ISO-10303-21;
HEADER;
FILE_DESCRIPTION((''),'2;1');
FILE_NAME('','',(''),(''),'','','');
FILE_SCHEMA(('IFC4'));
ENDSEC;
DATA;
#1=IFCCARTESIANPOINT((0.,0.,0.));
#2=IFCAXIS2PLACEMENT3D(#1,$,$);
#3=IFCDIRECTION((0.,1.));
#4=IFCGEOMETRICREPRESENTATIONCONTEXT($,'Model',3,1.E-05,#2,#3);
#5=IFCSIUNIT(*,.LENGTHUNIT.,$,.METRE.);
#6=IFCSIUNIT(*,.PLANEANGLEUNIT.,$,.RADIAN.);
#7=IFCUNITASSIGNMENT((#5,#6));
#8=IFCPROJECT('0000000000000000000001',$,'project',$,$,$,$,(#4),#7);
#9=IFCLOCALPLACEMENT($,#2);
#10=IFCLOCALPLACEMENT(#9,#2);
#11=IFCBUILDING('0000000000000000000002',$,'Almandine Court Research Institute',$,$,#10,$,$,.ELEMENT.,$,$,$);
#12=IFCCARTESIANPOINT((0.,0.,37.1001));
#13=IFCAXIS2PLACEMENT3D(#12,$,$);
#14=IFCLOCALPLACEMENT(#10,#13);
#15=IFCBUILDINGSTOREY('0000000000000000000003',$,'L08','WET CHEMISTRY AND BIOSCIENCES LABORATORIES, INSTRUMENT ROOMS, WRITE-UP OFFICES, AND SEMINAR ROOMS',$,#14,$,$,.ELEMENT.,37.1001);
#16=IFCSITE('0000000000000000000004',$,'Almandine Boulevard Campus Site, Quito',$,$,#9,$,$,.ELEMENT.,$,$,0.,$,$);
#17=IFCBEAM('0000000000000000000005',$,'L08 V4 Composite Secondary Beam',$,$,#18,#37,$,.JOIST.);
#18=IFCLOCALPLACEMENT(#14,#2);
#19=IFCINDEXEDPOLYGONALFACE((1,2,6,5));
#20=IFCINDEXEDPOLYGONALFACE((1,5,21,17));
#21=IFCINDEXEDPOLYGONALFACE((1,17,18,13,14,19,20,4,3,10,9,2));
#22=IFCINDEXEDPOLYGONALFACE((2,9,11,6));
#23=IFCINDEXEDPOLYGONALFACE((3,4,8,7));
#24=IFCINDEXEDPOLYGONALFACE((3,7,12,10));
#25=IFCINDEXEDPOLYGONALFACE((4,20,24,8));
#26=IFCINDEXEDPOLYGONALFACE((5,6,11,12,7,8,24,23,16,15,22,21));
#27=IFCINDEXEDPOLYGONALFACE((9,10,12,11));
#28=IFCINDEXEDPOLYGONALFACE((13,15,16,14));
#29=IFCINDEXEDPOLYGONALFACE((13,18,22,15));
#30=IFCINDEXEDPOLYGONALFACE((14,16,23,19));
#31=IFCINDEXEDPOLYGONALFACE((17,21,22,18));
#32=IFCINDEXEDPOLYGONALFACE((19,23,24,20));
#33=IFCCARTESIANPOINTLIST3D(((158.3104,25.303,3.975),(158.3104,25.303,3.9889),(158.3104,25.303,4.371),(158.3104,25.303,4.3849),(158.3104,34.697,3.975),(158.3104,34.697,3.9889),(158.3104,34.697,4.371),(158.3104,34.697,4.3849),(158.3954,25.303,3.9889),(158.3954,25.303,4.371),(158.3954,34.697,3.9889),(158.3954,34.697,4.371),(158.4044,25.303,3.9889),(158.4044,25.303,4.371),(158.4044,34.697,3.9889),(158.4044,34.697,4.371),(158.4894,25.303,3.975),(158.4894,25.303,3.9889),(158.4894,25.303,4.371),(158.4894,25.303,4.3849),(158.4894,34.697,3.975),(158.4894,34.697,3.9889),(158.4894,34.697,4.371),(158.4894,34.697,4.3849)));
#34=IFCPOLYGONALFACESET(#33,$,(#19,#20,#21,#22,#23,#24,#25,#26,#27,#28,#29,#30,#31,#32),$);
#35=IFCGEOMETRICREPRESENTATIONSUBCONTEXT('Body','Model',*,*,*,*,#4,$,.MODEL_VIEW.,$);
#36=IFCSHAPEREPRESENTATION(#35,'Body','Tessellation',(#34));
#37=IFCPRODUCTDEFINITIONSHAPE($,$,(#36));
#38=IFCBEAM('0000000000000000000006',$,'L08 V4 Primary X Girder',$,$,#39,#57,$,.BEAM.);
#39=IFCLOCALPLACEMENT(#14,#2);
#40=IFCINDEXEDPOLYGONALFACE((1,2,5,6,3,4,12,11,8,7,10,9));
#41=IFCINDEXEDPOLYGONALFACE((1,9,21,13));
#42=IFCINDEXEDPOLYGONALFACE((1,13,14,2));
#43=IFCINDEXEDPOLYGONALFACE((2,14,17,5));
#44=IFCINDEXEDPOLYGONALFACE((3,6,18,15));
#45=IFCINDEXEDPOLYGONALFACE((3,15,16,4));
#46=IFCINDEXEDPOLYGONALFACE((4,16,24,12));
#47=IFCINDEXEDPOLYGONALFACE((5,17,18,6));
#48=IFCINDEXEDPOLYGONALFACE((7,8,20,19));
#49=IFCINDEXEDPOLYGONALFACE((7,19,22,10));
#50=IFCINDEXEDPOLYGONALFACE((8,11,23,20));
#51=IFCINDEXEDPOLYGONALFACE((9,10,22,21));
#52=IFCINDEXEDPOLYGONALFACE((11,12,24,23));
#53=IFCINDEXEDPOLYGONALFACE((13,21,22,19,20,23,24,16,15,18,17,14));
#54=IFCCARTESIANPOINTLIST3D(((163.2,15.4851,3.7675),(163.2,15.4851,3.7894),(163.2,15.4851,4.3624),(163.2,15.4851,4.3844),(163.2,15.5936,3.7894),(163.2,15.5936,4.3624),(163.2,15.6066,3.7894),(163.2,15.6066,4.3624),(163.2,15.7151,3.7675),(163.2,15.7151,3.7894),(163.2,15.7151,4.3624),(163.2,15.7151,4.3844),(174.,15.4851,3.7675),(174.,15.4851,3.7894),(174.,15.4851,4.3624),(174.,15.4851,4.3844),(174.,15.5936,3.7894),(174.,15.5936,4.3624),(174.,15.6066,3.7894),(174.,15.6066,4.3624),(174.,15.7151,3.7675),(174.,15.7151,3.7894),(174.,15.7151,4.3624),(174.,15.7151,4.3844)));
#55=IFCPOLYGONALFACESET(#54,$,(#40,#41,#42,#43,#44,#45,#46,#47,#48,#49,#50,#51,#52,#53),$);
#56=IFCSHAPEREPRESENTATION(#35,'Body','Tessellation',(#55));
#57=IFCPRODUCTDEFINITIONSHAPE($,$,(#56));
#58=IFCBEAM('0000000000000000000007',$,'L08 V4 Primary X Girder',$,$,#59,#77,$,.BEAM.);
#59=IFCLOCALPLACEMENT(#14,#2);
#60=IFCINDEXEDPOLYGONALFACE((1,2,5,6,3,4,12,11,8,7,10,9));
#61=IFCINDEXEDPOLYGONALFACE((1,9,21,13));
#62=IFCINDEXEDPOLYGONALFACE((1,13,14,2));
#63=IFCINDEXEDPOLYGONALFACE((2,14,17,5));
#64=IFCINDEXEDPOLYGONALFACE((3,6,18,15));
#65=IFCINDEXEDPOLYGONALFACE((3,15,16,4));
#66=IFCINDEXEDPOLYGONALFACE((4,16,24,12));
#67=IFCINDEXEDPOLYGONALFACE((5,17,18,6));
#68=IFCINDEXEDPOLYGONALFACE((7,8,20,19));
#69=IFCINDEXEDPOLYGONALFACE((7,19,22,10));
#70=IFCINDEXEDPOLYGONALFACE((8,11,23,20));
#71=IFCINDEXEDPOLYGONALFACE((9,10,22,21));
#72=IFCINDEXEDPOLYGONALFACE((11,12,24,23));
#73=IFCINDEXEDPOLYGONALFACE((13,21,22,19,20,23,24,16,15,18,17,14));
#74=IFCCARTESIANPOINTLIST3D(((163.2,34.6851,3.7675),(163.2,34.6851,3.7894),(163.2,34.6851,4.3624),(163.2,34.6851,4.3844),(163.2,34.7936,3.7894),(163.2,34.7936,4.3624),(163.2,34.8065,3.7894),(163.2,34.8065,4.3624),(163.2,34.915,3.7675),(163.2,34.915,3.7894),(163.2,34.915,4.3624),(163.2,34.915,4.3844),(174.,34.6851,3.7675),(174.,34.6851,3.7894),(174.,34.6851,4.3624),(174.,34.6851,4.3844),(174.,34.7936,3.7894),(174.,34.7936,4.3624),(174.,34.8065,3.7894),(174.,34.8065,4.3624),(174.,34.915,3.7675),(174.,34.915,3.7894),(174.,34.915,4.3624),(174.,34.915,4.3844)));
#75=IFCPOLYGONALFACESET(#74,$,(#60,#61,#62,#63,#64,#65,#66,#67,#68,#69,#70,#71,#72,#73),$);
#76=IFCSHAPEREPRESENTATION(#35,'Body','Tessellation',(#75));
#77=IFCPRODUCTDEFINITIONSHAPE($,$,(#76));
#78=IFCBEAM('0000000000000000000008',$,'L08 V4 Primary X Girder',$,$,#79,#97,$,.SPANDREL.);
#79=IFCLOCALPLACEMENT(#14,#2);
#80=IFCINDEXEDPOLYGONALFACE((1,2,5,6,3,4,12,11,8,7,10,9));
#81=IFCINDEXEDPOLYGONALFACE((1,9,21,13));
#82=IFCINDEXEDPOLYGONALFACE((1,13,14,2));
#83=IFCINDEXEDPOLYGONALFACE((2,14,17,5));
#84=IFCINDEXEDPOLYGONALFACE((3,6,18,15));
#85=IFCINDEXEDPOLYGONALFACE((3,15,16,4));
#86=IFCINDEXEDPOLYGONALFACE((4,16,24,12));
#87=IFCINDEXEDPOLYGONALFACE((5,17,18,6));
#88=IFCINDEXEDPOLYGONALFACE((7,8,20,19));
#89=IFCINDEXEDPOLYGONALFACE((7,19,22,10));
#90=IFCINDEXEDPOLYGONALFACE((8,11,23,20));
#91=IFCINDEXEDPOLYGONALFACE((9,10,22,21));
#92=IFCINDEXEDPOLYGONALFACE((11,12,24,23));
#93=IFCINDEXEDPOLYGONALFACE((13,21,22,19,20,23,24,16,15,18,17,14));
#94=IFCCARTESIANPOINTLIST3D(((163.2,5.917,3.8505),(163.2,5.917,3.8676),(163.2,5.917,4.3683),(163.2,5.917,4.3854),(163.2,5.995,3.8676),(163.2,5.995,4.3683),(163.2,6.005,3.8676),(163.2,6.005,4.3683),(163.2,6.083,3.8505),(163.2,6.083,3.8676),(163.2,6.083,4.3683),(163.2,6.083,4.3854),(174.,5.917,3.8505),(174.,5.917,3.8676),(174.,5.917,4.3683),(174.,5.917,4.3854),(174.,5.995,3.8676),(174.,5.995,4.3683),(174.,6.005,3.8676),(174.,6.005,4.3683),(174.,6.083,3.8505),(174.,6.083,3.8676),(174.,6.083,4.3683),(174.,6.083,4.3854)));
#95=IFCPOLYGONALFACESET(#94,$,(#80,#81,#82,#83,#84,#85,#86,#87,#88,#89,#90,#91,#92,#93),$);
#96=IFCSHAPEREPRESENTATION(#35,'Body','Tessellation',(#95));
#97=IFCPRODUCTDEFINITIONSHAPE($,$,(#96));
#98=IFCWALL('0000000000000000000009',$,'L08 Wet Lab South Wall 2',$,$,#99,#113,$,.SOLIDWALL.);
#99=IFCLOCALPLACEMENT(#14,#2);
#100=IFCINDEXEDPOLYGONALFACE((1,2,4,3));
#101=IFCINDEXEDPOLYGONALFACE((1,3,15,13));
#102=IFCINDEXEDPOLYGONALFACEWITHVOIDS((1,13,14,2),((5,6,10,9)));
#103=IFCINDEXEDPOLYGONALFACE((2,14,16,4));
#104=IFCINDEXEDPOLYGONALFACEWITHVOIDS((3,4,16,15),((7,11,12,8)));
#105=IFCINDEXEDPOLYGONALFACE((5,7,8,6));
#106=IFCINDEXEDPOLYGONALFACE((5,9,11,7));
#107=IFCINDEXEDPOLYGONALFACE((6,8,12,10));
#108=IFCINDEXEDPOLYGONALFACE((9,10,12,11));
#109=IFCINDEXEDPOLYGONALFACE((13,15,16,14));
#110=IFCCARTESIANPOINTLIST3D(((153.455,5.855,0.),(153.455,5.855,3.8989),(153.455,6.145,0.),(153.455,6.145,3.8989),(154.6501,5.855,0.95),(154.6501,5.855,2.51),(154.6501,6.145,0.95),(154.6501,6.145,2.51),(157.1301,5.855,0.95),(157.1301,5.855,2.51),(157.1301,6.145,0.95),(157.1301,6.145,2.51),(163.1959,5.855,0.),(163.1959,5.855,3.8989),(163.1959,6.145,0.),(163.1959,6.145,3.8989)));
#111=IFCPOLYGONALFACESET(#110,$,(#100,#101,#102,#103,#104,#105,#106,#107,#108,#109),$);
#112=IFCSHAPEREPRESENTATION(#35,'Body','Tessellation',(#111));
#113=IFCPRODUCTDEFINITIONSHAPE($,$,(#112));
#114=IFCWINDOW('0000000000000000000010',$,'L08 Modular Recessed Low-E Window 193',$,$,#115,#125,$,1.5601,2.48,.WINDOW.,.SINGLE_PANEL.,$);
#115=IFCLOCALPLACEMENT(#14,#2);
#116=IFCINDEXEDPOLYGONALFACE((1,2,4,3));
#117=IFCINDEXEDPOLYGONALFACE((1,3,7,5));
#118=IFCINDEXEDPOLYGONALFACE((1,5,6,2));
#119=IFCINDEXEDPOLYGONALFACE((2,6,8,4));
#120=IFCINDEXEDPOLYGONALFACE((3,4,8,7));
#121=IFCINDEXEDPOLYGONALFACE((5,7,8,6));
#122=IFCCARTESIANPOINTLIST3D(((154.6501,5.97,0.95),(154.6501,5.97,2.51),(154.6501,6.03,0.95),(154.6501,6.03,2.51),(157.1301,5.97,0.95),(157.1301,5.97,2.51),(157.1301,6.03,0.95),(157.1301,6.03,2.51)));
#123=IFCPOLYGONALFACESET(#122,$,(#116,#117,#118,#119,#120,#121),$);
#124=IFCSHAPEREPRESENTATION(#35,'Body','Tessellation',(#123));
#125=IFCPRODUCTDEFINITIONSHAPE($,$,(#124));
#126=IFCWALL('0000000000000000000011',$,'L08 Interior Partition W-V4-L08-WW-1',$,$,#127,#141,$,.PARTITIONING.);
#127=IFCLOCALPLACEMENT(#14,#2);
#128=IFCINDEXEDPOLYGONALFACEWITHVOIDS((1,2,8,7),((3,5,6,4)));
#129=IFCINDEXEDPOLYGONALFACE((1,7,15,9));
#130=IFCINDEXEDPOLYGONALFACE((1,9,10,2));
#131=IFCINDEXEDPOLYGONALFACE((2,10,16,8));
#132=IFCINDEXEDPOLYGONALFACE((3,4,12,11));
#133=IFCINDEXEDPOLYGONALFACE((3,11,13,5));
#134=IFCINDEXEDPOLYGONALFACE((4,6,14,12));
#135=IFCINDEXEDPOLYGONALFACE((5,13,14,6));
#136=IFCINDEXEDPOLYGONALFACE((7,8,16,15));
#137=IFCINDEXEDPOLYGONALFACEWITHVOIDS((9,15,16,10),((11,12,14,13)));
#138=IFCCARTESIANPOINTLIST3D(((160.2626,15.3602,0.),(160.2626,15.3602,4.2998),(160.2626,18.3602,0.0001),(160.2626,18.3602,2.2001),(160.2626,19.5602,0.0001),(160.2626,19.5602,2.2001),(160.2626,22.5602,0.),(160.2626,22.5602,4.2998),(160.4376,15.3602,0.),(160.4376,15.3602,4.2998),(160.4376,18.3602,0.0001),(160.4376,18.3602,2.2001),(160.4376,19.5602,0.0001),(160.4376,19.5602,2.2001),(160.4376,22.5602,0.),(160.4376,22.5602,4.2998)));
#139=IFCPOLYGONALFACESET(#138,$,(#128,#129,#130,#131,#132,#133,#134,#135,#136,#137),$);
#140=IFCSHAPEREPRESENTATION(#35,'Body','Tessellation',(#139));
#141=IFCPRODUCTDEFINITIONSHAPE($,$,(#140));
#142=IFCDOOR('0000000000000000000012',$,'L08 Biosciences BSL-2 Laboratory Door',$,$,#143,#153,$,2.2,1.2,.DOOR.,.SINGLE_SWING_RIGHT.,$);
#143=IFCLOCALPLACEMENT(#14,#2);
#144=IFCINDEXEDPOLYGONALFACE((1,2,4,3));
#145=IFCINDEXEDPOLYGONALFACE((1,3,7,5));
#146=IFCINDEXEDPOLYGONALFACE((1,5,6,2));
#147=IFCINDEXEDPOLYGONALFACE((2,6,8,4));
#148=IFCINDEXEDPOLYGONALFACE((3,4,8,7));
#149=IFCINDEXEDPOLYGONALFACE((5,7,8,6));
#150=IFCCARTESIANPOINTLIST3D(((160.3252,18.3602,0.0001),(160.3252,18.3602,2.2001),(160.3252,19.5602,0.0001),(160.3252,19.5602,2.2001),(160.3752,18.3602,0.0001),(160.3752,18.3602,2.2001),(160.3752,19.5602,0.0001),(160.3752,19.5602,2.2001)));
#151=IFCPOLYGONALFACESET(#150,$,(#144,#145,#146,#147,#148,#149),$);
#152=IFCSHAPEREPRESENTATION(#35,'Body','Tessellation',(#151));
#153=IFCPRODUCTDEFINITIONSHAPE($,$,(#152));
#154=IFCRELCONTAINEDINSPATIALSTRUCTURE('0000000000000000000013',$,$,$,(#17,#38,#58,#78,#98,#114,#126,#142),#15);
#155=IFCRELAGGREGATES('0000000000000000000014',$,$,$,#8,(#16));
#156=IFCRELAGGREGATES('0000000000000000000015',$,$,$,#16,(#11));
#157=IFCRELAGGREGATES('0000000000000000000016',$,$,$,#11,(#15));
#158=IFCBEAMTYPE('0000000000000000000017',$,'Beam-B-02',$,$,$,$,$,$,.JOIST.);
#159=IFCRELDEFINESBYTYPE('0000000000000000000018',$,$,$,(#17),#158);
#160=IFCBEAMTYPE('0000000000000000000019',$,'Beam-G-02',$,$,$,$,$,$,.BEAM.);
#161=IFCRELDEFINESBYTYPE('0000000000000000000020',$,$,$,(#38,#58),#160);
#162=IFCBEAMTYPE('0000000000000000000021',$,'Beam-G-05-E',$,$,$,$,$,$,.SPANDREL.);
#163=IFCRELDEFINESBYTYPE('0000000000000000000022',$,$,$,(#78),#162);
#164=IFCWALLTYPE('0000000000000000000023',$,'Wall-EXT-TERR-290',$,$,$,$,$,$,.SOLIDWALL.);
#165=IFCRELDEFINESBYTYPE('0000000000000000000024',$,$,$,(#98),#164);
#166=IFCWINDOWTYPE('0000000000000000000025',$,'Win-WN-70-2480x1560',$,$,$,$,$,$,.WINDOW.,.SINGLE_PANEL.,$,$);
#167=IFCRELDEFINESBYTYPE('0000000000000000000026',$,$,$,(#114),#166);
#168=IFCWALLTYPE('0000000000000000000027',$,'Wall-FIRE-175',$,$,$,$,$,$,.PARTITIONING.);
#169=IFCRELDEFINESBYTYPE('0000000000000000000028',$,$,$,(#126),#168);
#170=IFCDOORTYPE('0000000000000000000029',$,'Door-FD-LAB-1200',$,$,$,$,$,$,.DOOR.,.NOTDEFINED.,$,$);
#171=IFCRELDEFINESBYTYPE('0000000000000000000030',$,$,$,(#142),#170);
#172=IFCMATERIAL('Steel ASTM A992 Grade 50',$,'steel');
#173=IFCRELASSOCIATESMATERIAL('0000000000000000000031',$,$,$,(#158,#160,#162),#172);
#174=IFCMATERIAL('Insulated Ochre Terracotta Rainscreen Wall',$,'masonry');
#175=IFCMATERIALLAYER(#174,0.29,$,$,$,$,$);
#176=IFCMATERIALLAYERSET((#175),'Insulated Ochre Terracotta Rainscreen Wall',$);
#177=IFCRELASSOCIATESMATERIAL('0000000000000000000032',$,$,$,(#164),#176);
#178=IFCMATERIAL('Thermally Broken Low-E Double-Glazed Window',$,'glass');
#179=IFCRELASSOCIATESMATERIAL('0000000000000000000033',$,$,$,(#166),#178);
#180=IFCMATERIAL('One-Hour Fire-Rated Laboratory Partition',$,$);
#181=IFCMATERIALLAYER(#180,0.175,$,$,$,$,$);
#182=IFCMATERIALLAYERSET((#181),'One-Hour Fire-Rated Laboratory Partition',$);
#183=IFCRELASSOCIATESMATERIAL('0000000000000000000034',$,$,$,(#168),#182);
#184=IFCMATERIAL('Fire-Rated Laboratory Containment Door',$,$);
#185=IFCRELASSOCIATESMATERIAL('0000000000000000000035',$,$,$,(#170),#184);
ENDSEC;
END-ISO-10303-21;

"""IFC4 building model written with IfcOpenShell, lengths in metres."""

from ifc_helpers import new_model, si_unit, direction, frame, frame_2d, origin, origin_2d, place, context, subcontext, project, spatial, rectangle, i_section, extrude, material, layer, layer_set, material_profile, profile_set, type_object, element, fill, save


model = new_model("IFC4")

# Units and contexts
model_context = context("Model", 3, precision=1e-05, world=origin(), true_north=direction((0.0, 1.0)))
body_context = subcontext(model_context, "Body", "Model", "MODEL_VIEW")
ifc_project = project(units=[si_unit("LENGTHUNIT", "METRE"), si_unit("PLANEANGLEUNIT", "RADIAN")], contexts=[model_context])

# Site, building, storey
site_placement = place(None, origin())
site = spatial("IfcSite", under=ifc_project, at=site_placement, Name="Almandine Boulevard Campus Site, Quito", CompositionType="ELEMENT", RefElevation=0.0)
building_placement = place(site_placement, origin())
building = spatial("IfcBuilding", under=site, at=building_placement, Name="Almandine Court Research Institute", CompositionType="ELEMENT")
storey_placement = place(building_placement, frame((0.0, 0.0, 37.1001)))
storey = spatial("IfcBuildingStorey", under=building, at=storey_placement, Name="L08", Description="WET CHEMISTRY AND BIOSCIENCES LABORATORIES, INSTRUMENT ROOMS, WRITE-UP OFFICES, AND SEMINAR ROOMS", CompositionType="ELEMENT", Elevation=37.1001)

# Shared definitions
ifc_material_1 = material(Name="Steel ASTM A992 Grade 50", Category="steel")

# Beams
ifc_material_profile_1 = material_profile(ifc_material_1, i_section(OverallWidth=0.179, OverallDepth=0.4099, WebThickness=0.009, FlangeThickness=0.0139, at=origin_2d()), Name="W410x67")
ifc_profile_set_1 = profile_set([ifc_material_profile_1], Name="Steel ASTM A992 Grade 50")
beam_type_1 = type_object("IfcBeamType", Name="Beam-B-02", PredefinedType="JOIST", material=ifc_profile_set_1)
beam_1_placement = place(storey_placement, frame((158.3999, 25.303, 4.1799), z_axis=(0.0, 1.0, 0.0), x_axis=(-1.0, 0.0, 0.0)))
element("IfcBeam", 1, at=beam_1_placement, inside=storey, type_object=beam_type_1, Name="L08 V4 Composite Secondary Beam", PredefinedType="JOIST", context=body_context, shape_type="SweptSolid", body=[
    extrude(i_section(OverallWidth=0.179, OverallDepth=0.4099, WebThickness=0.009, FlangeThickness=0.0139, at=origin_2d()), origin(), (0.0, 0.0, 1.0), 9.394),
])
ifc_material_profile_2 = material_profile(ifc_material_1, i_section(OverallWidth=0.23, OverallDepth=0.6169, WebThickness=0.0129, FlangeThickness=0.022, at=origin_2d()), Name="W610x140")
ifc_profile_set_2 = profile_set([ifc_material_profile_2], Name="Steel ASTM A992 Grade 50")
beam_type_2 = type_object("IfcBeamType", Name="Beam-G-02", PredefinedType="BEAM", material=ifc_profile_set_2)
for number, where, z_axis, x_axis, name in (
    (2, (163.2, 15.6001, 4.0759), (1.0, 0.0, 0.0), (0.0, 1.0, 0.0), "L08 V4 Primary X Girder"),
    (3, (163.2, 34.8, 4.0759), (1.0, 0.0, 0.0), (0.0, 1.0, 0.0), "L08 V4 Primary X Girder"),
):
    element("IfcBeam", number, at=place(storey_placement, frame(where, z_axis=z_axis, x_axis=x_axis)), inside=storey, type_object=beam_type_2, Name=name, PredefinedType="BEAM", context=body_context, shape_type="SweptSolid", body=[
        extrude(i_section(OverallWidth=0.23, OverallDepth=0.6169, WebThickness=0.0129, FlangeThickness=0.022, at=origin_2d()), origin(), (0.0, 0.0, 1.0), 10.8),
    ])
ifc_material_profile_3 = material_profile(ifc_material_1, i_section(OverallWidth=0.166, OverallDepth=0.5349, WebThickness=0.01, FlangeThickness=0.0171, at=origin_2d()), Name="W530x85")
ifc_profile_set_3 = profile_set([ifc_material_profile_3], Name="Steel ASTM A992 Grade 50")
beam_type_3 = type_object("IfcBeamType", Name="Beam-G-05-E", PredefinedType="SPANDREL", material=ifc_profile_set_3)
beam_2_placement = place(storey_placement, frame((163.2, 6.0, 4.1179), z_axis=(1.0, 0.0, 0.0), x_axis=(0.0, 1.0, 0.0)))
element("IfcBeam", 4, at=beam_2_placement, inside=storey, type_object=beam_type_3, Name="L08 V4 Primary X Girder", PredefinedType="SPANDREL", context=body_context, shape_type="SweptSolid", body=[
    extrude(i_section(OverallWidth=0.166, OverallDepth=0.5349, WebThickness=0.01, FlangeThickness=0.0171, at=origin_2d()), origin(), (0.0, 0.0, 1.0), 10.8),
])

# Wall, opening, window
ifc_material_2 = material(Name="Insulated Ochre Terracotta Rainscreen Wall", Category="masonry")
ifc_layer_1 = layer(ifc_material_2, 0.29)
ifc_layer_set_1 = layer_set([ifc_layer_1], Name="Insulated Ochre Terracotta Rainscreen Wall")
wall_type_1 = type_object("IfcWallType", Name="Wall-EXT-TERR-290", PredefinedType="SOLIDWALL", material=ifc_layer_set_1)
wall_1_placement = place(storey_placement, frame((163.196, 6.0, 0.0), z_axis=(0.0, 0.0, 1.0), x_axis=(-1.0, 0.0, 0.0)))
wall_1 = element("IfcWall", 5, at=wall_1_placement, inside=storey, type_object=wall_type_1, Name="L08 Wet Lab South Wall 2", PredefinedType="SOLIDWALL", context=body_context, shape_type="SweptSolid", body=[
    extrude(rectangle(XDim=9.741, YDim=0.29, at=frame_2d((4.8706, 0.0))), origin(), (0.0, 0.0, 1.0), 3.8989),
])
opening_1_placement = place(wall_1_placement, frame((6.0659, 0.0, 0.95)))
opening_1 = element("IfcOpeningElement", 6, at=opening_1_placement, cuts=wall_1, PredefinedType="OPENING", context=body_context, shape_type="SweptSolid", body=[
    extrude(rectangle(XDim=2.48, YDim=1.5601, at=frame_2d((1.24, 0.78))), frame((0.0, 0.155, 0.0), z_axis=(0.0, -1.0, 0.0), x_axis=(1.0, 0.0, 0.0)), (0.0, 0.0, 1.0), 0.3101),
])
ifc_material_3 = material(Name="Thermally Broken Low-E Double-Glazed Window", Category="glass")
window_type = type_object("IfcWindowType", Name="Win-WN-70-2480x1560", PartitioningType="SINGLE_PANEL", PredefinedType="WINDOW", material=ifc_material_3)
window_placement = place(opening_1_placement, origin())
window = element("IfcWindow", 7, at=window_placement, inside=storey, type_object=window_type, Name="L08 Modular Recessed Low-E Window 193", OverallHeight=1.5601, OverallWidth=2.48, PartitioningType="SINGLE_PANEL", PredefinedType="WINDOW", context=body_context, shape_type="SweptSolid", body=[
    extrude(rectangle(XDim=2.48, YDim=1.5601, at=frame_2d((1.24, 0.78))), frame((0.0, 0.03, 0.0), z_axis=(0.0, -1.0, 0.0), x_axis=(1.0, 0.0, 0.0)), (0.0, 0.0, 1.0), 0.0601),
])
fill(opening_1, window)

# Wall, opening, door
ifc_material_4 = material(Name="One-Hour Fire-Rated Laboratory Partition")
ifc_layer_2 = layer(ifc_material_4, 0.175)
ifc_layer_set_2 = layer_set([ifc_layer_2], Name="One-Hour Fire-Rated Laboratory Partition")
wall_type_2 = type_object("IfcWallType", Name="Wall-FIRE-175", PredefinedType="PARTITIONING", material=ifc_layer_set_2)
wall_2_placement = place(storey_placement, frame((160.3501, 15.3601, 0.0), z_axis=(0.0, 0.0, 1.0), x_axis=(0.0, 1.0, 0.0)))
wall_2 = element("IfcWall", 8, at=wall_2_placement, inside=storey, type_object=wall_type_2, Name="L08 Interior Partition W-V4-L08-WW-1", PredefinedType="PARTITIONING", context=body_context, shape_type="SweptSolid", body=[
    extrude(rectangle(XDim=7.2, YDim=0.175, at=frame_2d((3.6001, 0.0))), origin(), (0.0, 0.0, 1.0), 4.2998),
])
opening_2_placement = place(wall_2_placement, frame((3.0, 0.0, 0.0)))
opening_2 = element("IfcOpeningElement", 9, at=opening_2_placement, cuts=wall_2, PredefinedType="OPENING", context=body_context, shape_type="SweptSolid", body=[
    extrude(rectangle(XDim=1.2, YDim=2.2, at=frame_2d((0.6001, 1.1001))), frame((0.0, 0.0974, 0.0), z_axis=(0.0, -1.0, 0.0), x_axis=(1.0, 0.0, 0.0)), (0.0, 0.0, 1.0), 0.1951),
])
ifc_material_5 = material(Name="Fire-Rated Laboratory Containment Door")
door_type_1 = type_object("IfcDoorType", Name="Door-FD-LAB-1200", OperationType="NOTDEFINED", PredefinedType="DOOR", material=ifc_material_5)
door_1_placement = place(opening_2_placement, origin())
door_1 = element("IfcDoor", 10, at=door_1_placement, inside=storey, type_object=door_type_1, Name="L08 Biosciences BSL-2 Laboratory Door", OperationType="SINGLE_SWING_RIGHT", OverallHeight=2.2, OverallWidth=1.2, PredefinedType="DOOR", context=body_context, shape_type="SweptSolid", body=[
    extrude(rectangle(XDim=1.2, YDim=2.2, at=frame_2d((0.6001, 1.1001))), frame((0.0, 0.0249, 0.0), z_axis=(0.0, -1.0, 0.0), x_axis=(1.0, 0.0, 0.0)), (0.0, 0.0, 1.0), 0.05),
])
fill(opening_2, door_1)

save(model, "model.ifc")
